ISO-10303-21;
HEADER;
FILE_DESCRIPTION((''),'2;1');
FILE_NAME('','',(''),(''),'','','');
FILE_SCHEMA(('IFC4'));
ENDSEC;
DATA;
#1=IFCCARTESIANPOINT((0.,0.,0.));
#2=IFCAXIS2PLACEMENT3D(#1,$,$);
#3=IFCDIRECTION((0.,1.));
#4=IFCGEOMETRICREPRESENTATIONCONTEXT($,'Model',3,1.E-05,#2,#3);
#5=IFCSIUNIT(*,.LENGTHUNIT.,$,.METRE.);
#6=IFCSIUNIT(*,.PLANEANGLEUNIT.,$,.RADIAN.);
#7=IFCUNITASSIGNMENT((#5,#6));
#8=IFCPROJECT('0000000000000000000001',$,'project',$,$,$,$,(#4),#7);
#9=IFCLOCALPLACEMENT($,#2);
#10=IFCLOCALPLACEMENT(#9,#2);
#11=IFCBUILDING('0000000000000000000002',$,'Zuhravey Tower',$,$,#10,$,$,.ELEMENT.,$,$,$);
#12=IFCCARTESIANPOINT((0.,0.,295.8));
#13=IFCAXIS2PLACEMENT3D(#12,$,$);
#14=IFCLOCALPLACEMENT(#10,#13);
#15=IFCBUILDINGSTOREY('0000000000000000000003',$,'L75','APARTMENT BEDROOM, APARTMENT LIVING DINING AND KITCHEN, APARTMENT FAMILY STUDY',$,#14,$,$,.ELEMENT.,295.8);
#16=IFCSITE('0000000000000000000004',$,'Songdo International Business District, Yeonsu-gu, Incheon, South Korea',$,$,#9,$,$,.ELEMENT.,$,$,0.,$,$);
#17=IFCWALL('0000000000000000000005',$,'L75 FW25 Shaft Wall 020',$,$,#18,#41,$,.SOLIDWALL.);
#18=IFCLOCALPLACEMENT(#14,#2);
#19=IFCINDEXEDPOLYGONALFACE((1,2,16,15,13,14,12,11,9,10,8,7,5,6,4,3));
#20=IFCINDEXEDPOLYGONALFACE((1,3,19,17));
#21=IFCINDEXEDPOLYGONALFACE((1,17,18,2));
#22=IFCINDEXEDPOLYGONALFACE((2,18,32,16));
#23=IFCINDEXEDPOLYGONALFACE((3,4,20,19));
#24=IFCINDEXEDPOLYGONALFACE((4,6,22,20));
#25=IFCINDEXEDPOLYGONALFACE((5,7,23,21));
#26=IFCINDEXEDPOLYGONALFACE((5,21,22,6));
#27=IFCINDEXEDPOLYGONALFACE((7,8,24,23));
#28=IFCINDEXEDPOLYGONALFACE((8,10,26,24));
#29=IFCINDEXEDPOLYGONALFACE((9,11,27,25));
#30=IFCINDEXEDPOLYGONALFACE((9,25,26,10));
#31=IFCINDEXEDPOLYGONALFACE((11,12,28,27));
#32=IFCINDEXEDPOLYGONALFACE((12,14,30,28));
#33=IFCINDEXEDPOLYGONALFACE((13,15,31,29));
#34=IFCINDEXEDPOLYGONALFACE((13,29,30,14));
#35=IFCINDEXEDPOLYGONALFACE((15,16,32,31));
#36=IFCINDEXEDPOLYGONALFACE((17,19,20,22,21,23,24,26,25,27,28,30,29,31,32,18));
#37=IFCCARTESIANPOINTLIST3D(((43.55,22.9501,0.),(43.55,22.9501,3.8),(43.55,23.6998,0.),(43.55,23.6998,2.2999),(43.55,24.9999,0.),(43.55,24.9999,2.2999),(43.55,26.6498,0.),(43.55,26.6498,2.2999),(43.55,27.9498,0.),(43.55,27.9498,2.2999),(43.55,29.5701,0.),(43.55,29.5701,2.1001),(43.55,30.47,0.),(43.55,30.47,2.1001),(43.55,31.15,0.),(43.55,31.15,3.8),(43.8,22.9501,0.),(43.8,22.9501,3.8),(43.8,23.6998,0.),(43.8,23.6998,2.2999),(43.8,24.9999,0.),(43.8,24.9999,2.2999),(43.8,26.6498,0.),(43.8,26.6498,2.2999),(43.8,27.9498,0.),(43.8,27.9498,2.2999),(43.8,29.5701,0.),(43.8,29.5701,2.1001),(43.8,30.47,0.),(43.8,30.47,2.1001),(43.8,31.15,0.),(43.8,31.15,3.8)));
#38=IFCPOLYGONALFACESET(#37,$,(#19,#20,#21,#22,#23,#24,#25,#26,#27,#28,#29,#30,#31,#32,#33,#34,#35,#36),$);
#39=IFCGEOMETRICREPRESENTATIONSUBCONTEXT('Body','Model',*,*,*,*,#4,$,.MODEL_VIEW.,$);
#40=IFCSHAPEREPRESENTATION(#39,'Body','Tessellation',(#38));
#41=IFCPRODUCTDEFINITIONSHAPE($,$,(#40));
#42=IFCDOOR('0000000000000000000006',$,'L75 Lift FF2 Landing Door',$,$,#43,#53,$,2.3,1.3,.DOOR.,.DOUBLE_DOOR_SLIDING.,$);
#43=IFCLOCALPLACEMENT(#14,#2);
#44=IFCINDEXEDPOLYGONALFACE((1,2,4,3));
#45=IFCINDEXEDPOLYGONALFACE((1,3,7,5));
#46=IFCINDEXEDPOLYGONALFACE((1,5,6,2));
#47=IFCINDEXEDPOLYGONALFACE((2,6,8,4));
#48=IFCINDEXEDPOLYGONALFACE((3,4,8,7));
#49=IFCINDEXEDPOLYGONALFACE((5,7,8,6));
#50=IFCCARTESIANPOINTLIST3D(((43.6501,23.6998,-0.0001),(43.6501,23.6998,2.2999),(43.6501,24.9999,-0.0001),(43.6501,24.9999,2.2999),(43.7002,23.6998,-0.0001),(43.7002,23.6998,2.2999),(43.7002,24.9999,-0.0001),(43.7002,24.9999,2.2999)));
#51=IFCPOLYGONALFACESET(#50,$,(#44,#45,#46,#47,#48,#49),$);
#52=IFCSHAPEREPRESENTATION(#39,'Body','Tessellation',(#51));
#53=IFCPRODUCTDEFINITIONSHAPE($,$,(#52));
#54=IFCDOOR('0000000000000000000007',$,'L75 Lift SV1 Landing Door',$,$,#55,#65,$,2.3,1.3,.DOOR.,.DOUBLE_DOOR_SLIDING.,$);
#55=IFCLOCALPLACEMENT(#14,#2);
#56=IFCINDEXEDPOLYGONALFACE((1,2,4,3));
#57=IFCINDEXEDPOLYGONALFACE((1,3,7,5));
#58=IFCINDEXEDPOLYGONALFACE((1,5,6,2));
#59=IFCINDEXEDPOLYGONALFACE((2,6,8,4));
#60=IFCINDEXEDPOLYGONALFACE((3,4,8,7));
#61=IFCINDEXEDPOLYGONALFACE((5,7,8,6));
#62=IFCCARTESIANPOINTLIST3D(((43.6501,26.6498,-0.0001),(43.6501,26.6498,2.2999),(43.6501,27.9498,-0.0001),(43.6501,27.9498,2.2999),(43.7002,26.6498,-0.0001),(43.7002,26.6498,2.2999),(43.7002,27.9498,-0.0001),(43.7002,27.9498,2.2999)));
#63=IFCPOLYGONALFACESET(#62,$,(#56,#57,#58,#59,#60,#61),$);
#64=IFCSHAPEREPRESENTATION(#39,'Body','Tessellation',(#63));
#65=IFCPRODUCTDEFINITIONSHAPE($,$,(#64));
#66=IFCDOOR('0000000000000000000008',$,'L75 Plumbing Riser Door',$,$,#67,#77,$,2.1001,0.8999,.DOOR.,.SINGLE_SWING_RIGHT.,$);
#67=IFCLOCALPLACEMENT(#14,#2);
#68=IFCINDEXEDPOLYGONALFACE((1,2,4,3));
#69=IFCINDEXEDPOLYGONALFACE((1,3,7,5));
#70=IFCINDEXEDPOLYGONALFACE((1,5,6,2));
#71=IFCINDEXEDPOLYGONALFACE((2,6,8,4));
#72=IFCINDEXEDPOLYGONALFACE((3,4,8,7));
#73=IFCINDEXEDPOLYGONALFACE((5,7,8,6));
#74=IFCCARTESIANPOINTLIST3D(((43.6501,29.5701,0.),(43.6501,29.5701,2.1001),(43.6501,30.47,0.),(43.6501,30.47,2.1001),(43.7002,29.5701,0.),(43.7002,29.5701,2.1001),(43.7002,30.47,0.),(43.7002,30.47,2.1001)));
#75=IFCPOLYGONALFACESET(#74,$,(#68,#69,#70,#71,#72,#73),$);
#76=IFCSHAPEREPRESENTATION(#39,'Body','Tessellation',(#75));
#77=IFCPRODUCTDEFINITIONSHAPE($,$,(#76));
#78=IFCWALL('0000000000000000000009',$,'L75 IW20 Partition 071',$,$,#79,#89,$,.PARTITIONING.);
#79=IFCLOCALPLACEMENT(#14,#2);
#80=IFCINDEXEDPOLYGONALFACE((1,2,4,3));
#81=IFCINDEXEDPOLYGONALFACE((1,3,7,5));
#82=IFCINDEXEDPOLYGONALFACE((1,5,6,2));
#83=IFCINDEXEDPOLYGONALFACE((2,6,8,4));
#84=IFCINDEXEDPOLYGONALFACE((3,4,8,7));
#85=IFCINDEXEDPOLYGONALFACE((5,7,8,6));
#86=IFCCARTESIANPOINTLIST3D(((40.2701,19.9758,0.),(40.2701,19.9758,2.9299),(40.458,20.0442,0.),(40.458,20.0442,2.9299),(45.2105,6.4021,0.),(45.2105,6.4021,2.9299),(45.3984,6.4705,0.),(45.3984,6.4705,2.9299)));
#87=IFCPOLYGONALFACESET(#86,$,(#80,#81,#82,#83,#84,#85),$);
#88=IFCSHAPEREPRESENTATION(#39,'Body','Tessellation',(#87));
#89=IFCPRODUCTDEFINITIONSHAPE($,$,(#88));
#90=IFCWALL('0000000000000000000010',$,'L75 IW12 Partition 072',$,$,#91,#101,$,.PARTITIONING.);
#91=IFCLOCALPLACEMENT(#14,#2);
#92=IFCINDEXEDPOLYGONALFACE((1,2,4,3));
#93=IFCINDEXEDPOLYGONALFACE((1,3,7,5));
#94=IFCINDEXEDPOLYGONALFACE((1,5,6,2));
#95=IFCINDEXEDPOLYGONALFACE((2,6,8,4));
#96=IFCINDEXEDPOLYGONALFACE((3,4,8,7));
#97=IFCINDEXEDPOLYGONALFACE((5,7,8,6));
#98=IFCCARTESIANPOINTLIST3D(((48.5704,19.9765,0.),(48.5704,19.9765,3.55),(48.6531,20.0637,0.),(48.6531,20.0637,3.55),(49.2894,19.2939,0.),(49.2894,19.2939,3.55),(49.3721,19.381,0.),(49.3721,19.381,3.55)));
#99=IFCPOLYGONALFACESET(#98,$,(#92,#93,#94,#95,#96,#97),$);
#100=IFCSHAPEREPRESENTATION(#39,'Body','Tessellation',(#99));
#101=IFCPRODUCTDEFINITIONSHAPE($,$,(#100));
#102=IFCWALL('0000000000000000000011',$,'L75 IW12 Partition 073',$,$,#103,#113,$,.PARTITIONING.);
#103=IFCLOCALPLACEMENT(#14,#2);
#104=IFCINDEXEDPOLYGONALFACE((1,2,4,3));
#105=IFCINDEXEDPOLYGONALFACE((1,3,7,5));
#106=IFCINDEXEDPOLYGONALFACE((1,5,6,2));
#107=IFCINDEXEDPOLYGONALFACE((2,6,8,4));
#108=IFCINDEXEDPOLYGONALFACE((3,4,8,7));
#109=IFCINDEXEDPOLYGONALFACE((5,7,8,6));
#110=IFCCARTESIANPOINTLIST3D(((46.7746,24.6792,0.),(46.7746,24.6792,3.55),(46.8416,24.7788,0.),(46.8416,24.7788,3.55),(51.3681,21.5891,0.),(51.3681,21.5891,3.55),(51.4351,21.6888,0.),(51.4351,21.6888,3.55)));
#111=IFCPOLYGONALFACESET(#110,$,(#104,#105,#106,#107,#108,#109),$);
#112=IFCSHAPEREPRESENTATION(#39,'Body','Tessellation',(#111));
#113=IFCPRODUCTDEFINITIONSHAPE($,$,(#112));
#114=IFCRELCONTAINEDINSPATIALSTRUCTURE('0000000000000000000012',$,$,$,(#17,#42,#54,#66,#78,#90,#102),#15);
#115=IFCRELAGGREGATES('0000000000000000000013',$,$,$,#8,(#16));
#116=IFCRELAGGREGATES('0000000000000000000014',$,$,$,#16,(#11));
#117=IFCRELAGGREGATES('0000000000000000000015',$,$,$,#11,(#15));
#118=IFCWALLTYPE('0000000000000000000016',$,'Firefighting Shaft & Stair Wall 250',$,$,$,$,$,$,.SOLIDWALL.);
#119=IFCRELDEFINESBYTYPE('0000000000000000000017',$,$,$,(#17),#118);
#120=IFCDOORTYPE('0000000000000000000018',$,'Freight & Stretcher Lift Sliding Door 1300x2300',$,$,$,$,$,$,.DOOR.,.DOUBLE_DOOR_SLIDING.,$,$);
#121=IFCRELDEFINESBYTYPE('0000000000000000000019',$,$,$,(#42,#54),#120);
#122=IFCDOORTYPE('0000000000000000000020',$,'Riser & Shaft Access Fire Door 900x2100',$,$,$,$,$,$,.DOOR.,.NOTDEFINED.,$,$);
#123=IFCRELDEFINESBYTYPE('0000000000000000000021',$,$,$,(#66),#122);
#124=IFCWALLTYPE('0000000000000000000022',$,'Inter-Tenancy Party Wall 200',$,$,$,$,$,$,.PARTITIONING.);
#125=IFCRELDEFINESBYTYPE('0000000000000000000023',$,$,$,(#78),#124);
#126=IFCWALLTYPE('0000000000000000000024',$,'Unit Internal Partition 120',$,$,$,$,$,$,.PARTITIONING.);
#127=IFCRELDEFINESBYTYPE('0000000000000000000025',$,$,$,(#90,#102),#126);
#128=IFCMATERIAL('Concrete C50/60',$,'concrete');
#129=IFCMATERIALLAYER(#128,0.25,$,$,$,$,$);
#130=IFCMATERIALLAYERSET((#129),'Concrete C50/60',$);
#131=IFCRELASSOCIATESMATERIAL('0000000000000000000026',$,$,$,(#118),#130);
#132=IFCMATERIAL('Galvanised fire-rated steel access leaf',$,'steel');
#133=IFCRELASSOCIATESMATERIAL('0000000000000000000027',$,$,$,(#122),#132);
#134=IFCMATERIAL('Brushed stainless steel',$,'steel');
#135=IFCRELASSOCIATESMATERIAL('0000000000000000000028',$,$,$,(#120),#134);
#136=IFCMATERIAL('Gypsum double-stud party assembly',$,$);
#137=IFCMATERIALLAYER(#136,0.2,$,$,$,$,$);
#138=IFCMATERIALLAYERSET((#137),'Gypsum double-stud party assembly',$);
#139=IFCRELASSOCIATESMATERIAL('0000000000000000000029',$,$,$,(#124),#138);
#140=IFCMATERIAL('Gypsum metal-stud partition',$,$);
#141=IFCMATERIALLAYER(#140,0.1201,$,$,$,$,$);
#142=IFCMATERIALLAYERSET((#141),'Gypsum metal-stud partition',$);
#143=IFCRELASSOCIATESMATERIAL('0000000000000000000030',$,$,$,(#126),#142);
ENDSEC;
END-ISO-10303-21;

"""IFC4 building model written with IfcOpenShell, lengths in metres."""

from ifc_helpers import new_model, si_unit, direction, frame, frame_2d, origin, place, context, subcontext, project, spatial, rectangle, extrude, material, layer, layer_set, type_object, element, fill, save


model = new_model("IFC4")

# Units and contexts
model_context = context("Model", 3, precision=1e-05, world=origin(), true_north=direction((0.0, 1.0)))
body_context = subcontext(model_context, "Body", "Model", "MODEL_VIEW")
ifc_project = project(units=[si_unit("LENGTHUNIT", "METRE"), si_unit("PLANEANGLEUNIT", "RADIAN")], contexts=[model_context])

# Site, building, storey
site_placement = place(None, origin())
site = spatial("IfcSite", under=ifc_project, at=site_placement, Name="Songdo International Business District, Yeonsu-gu, Incheon, South Korea", CompositionType="ELEMENT", RefElevation=0.0)
building_placement = place(site_placement, origin())
building = spatial("IfcBuilding", under=site, at=building_placement, Name="Zuhravey Tower", CompositionType="ELEMENT")
storey_placement = place(building_placement, frame((0.0, 0.0, 295.8)))
storey = spatial("IfcBuildingStorey", under=building, at=storey_placement, Name="L75", Description="APARTMENT BEDROOM, APARTMENT LIVING DINING AND KITCHEN, APARTMENT FAMILY STUDY", CompositionType="ELEMENT", Elevation=295.8)

# Shared definitions
ifc_material_1 = material(Name="Concrete C50/60", Category="concrete")

# Shared definitions
ifc_layer_1 = layer(ifc_material_1, 0.25)
ifc_layer_set_1 = layer_set([ifc_layer_1], Name="Concrete C50/60")
wall_type_1 = type_object("IfcWallType", Name="Firefighting Shaft & Stair Wall 250", PredefinedType="SOLIDWALL", material=ifc_layer_set_1)
ifc_material_2 = material(Name="Galvanised fire-rated steel access leaf", Category="steel")
door_type_1 = type_object("IfcDoorType", Name="Riser & Shaft Access Fire Door 900x2100", OperationType="NOTDEFINED", PredefinedType="DOOR", material=ifc_material_2)

# Wall, openings, doors
wall_1_placement = place(storey_placement, frame((43.675, 22.95, 0.0), z_axis=(0.0, 0.0, 1.0), x_axis=(0.0, 1.0, 0.0)))
wall_1 = element("IfcWall", 1, at=wall_1_placement, inside=storey, type_object=wall_type_1, Name="L75 FW25 Shaft Wall 020", PredefinedType="SOLIDWALL", context=body_context, shape_type="SweptSolid", body=[
    extrude(rectangle(XDim=8.2, YDim=0.25, at=frame_2d((4.1001, 0.0))), origin(), (0.0, 0.0, 1.0), 3.8),
])
opening_1_placement = place(wall_1_placement, frame((0.75, 0.0, 0.0)))
opening_1 = element("IfcOpeningElement", 2, at=opening_1_placement, cuts=wall_1, PredefinedType="OPENING", context=body_context, shape_type="SweptSolid", body=[
    extrude(rectangle(XDim=1.3, YDim=2.3, at=frame_2d((0.6499, 1.1499))), frame((0.0, 0.137, 0.0), z_axis=(0.0, -1.0, 0.0), x_axis=(1.0, 0.0, 0.0)), (0.0, 0.0, 1.0), 0.2739),
])
opening_2_placement = place(wall_1_placement, frame((3.7, 0.0, 0.0)))
opening_2 = element("IfcOpeningElement", 3, at=opening_2_placement, cuts=wall_1, PredefinedType="OPENING", context=body_context, shape_type="SweptSolid", body=[
    extrude(rectangle(XDim=1.3, YDim=2.3, at=frame_2d((0.6499, 1.1499))), frame((0.0, 0.137, 0.0), z_axis=(0.0, -1.0, 0.0), x_axis=(1.0, 0.0, 0.0)), (0.0, 0.0, 1.0), 0.2739),
])
opening_3_placement = place(wall_1_placement, frame((6.6201, 0.0, 0.0)))
opening_3 = element("IfcOpeningElement", 4, at=opening_3_placement, cuts=wall_1, PredefinedType="OPENING", context=body_context, shape_type="SweptSolid", body=[
    extrude(rectangle(XDim=0.8999, YDim=2.1001, at=frame_2d((0.45, 1.05))), frame((0.0, 0.137, 0.0), z_axis=(0.0, -1.0, 0.0), x_axis=(1.0, 0.0, 0.0)), (0.0, 0.0, 1.0), 0.2739),
])
ifc_material_3 = material(Name="Brushed stainless steel", Category="steel")
door_type_2 = type_object("IfcDoorType", Name="Freight & Stretcher Lift Sliding Door 1300x2300", OperationType="DOUBLE_DOOR_SLIDING", PredefinedType="DOOR", material=ifc_material_3)
door_1_placement = place(opening_1_placement, origin())
door_1 = element("IfcDoor", 5, at=door_1_placement, inside=storey, type_object=door_type_2, Name="L75 Lift FF2 Landing Door", OperationType="DOUBLE_DOOR_SLIDING", OverallHeight=2.3, OverallWidth=1.3, PredefinedType="DOOR", context=body_context, shape_type="SweptSolid", body=[
    extrude(rectangle(XDim=1.3, YDim=2.3, at=frame_2d((0.6499, 1.1499))), frame((0.0, 0.0249, 0.0), z_axis=(0.0, -1.0, 0.0), x_axis=(1.0, 0.0, 0.0)), (0.0, 0.0, 1.0), 0.05),
])
fill(opening_1, door_1)
door_2_placement = place(opening_2_placement, origin())
door_2 = element("IfcDoor", 6, at=door_2_placement, inside=storey, type_object=door_type_2, Name="L75 Lift SV1 Landing Door", OperationType="DOUBLE_DOOR_SLIDING", OverallHeight=2.3, OverallWidth=1.3, PredefinedType="DOOR", context=body_context, shape_type="SweptSolid", body=[
    extrude(rectangle(XDim=1.3, YDim=2.3, at=frame_2d((0.6499, 1.1499))), frame((0.0, 0.0249, 0.0), z_axis=(0.0, -1.0, 0.0), x_axis=(1.0, 0.0, 0.0)), (0.0, 0.0, 1.0), 0.05),
])
fill(opening_2, door_2)
door_3_placement = place(opening_3_placement, origin())
door_3 = element("IfcDoor", 7, at=door_3_placement, inside=storey, type_object=door_type_1, Name="L75 Plumbing Riser Door", OperationType="SINGLE_SWING_RIGHT", OverallHeight=2.1001, OverallWidth=0.8999, PredefinedType="DOOR", context=body_context, shape_type="SweptSolid", body=[
    extrude(rectangle(XDim=0.8999, YDim=2.1001, at=frame_2d((0.45, 1.05))), frame((0.0, 0.0249, 0.0), z_axis=(0.0, -1.0, 0.0), x_axis=(1.0, 0.0, 0.0)), (0.0, 0.0, 1.0), 0.05),
])
fill(opening_3, door_3)

# Walls
ifc_material_4 = material(Name="Gypsum double-stud party assembly")
ifc_layer_2 = layer(ifc_material_4, 0.2)
ifc_layer_set_2 = layer_set([ifc_layer_2], Name="Gypsum double-stud party assembly")
wall_type_2 = type_object("IfcWallType", Name="Inter-Tenancy Party Wall 200", PredefinedType="PARTITIONING", material=ifc_layer_set_2)
wall_2_placement = place(storey_placement, frame((40.364, 20.01, 0.0), z_axis=(0.0, 0.0, 1.0), x_axis=(0.34202, -0.939693, 0.0)))
element("IfcWall", 8, at=wall_2_placement, inside=storey, type_object=wall_type_2, Name="L75 IW20 Partition 071", PredefinedType="PARTITIONING", context=body_context, shape_type="SweptSolid", body=[
    extrude(rectangle(XDim=14.4448, YDim=0.2, at=frame_2d((7.2224, 0.0))), origin(), (0.0, 0.0, 1.0), 2.9299),
])
ifc_material_5 = material(Name="Gypsum metal-stud partition")
ifc_layer_3 = layer(ifc_material_5, 0.1201)
ifc_layer_set_3 = layer_set([ifc_layer_3], Name="Gypsum metal-stud partition")
wall_type_3 = type_object("IfcWallType", Name="Unit Internal Partition 120", PredefinedType="PARTITIONING", material=ifc_layer_set_3)
wall_3_placement = place(storey_placement, frame((48.6118, 20.02, 0.0), z_axis=(0.0, 0.0, 1.0), x_axis=(0.725215, -0.688523, 0.0)))
element("IfcWall", 9, at=wall_3_placement, inside=storey, type_object=wall_type_3, Name="L75 IW12 Partition 072", PredefinedType="PARTITIONING", context=body_context, shape_type="SweptSolid", body=[
    extrude(rectangle(XDim=0.9915, YDim=0.1201, at=frame_2d((0.4956, 0.0))), origin(), (0.0, 0.0, 1.0), 3.55),
])
wall_4_placement = place(storey_placement, frame((46.8081, 24.729, 0.0), z_axis=(0.0, 0.0, 1.0), x_axis=(0.82973, -0.558166, 0.0)))
element("IfcWall", 10, at=wall_4_placement, inside=storey, type_object=wall_type_3, Name="L75 IW12 Partition 073", PredefinedType="PARTITIONING", context=body_context, shape_type="SweptSolid", body=[
    extrude(rectangle(XDim=5.5361, YDim=0.1201, at=frame_2d((2.7681, 0.0))), origin(), (0.0, 0.0, 1.0), 3.55),
])

save(model, "model.ifc")
